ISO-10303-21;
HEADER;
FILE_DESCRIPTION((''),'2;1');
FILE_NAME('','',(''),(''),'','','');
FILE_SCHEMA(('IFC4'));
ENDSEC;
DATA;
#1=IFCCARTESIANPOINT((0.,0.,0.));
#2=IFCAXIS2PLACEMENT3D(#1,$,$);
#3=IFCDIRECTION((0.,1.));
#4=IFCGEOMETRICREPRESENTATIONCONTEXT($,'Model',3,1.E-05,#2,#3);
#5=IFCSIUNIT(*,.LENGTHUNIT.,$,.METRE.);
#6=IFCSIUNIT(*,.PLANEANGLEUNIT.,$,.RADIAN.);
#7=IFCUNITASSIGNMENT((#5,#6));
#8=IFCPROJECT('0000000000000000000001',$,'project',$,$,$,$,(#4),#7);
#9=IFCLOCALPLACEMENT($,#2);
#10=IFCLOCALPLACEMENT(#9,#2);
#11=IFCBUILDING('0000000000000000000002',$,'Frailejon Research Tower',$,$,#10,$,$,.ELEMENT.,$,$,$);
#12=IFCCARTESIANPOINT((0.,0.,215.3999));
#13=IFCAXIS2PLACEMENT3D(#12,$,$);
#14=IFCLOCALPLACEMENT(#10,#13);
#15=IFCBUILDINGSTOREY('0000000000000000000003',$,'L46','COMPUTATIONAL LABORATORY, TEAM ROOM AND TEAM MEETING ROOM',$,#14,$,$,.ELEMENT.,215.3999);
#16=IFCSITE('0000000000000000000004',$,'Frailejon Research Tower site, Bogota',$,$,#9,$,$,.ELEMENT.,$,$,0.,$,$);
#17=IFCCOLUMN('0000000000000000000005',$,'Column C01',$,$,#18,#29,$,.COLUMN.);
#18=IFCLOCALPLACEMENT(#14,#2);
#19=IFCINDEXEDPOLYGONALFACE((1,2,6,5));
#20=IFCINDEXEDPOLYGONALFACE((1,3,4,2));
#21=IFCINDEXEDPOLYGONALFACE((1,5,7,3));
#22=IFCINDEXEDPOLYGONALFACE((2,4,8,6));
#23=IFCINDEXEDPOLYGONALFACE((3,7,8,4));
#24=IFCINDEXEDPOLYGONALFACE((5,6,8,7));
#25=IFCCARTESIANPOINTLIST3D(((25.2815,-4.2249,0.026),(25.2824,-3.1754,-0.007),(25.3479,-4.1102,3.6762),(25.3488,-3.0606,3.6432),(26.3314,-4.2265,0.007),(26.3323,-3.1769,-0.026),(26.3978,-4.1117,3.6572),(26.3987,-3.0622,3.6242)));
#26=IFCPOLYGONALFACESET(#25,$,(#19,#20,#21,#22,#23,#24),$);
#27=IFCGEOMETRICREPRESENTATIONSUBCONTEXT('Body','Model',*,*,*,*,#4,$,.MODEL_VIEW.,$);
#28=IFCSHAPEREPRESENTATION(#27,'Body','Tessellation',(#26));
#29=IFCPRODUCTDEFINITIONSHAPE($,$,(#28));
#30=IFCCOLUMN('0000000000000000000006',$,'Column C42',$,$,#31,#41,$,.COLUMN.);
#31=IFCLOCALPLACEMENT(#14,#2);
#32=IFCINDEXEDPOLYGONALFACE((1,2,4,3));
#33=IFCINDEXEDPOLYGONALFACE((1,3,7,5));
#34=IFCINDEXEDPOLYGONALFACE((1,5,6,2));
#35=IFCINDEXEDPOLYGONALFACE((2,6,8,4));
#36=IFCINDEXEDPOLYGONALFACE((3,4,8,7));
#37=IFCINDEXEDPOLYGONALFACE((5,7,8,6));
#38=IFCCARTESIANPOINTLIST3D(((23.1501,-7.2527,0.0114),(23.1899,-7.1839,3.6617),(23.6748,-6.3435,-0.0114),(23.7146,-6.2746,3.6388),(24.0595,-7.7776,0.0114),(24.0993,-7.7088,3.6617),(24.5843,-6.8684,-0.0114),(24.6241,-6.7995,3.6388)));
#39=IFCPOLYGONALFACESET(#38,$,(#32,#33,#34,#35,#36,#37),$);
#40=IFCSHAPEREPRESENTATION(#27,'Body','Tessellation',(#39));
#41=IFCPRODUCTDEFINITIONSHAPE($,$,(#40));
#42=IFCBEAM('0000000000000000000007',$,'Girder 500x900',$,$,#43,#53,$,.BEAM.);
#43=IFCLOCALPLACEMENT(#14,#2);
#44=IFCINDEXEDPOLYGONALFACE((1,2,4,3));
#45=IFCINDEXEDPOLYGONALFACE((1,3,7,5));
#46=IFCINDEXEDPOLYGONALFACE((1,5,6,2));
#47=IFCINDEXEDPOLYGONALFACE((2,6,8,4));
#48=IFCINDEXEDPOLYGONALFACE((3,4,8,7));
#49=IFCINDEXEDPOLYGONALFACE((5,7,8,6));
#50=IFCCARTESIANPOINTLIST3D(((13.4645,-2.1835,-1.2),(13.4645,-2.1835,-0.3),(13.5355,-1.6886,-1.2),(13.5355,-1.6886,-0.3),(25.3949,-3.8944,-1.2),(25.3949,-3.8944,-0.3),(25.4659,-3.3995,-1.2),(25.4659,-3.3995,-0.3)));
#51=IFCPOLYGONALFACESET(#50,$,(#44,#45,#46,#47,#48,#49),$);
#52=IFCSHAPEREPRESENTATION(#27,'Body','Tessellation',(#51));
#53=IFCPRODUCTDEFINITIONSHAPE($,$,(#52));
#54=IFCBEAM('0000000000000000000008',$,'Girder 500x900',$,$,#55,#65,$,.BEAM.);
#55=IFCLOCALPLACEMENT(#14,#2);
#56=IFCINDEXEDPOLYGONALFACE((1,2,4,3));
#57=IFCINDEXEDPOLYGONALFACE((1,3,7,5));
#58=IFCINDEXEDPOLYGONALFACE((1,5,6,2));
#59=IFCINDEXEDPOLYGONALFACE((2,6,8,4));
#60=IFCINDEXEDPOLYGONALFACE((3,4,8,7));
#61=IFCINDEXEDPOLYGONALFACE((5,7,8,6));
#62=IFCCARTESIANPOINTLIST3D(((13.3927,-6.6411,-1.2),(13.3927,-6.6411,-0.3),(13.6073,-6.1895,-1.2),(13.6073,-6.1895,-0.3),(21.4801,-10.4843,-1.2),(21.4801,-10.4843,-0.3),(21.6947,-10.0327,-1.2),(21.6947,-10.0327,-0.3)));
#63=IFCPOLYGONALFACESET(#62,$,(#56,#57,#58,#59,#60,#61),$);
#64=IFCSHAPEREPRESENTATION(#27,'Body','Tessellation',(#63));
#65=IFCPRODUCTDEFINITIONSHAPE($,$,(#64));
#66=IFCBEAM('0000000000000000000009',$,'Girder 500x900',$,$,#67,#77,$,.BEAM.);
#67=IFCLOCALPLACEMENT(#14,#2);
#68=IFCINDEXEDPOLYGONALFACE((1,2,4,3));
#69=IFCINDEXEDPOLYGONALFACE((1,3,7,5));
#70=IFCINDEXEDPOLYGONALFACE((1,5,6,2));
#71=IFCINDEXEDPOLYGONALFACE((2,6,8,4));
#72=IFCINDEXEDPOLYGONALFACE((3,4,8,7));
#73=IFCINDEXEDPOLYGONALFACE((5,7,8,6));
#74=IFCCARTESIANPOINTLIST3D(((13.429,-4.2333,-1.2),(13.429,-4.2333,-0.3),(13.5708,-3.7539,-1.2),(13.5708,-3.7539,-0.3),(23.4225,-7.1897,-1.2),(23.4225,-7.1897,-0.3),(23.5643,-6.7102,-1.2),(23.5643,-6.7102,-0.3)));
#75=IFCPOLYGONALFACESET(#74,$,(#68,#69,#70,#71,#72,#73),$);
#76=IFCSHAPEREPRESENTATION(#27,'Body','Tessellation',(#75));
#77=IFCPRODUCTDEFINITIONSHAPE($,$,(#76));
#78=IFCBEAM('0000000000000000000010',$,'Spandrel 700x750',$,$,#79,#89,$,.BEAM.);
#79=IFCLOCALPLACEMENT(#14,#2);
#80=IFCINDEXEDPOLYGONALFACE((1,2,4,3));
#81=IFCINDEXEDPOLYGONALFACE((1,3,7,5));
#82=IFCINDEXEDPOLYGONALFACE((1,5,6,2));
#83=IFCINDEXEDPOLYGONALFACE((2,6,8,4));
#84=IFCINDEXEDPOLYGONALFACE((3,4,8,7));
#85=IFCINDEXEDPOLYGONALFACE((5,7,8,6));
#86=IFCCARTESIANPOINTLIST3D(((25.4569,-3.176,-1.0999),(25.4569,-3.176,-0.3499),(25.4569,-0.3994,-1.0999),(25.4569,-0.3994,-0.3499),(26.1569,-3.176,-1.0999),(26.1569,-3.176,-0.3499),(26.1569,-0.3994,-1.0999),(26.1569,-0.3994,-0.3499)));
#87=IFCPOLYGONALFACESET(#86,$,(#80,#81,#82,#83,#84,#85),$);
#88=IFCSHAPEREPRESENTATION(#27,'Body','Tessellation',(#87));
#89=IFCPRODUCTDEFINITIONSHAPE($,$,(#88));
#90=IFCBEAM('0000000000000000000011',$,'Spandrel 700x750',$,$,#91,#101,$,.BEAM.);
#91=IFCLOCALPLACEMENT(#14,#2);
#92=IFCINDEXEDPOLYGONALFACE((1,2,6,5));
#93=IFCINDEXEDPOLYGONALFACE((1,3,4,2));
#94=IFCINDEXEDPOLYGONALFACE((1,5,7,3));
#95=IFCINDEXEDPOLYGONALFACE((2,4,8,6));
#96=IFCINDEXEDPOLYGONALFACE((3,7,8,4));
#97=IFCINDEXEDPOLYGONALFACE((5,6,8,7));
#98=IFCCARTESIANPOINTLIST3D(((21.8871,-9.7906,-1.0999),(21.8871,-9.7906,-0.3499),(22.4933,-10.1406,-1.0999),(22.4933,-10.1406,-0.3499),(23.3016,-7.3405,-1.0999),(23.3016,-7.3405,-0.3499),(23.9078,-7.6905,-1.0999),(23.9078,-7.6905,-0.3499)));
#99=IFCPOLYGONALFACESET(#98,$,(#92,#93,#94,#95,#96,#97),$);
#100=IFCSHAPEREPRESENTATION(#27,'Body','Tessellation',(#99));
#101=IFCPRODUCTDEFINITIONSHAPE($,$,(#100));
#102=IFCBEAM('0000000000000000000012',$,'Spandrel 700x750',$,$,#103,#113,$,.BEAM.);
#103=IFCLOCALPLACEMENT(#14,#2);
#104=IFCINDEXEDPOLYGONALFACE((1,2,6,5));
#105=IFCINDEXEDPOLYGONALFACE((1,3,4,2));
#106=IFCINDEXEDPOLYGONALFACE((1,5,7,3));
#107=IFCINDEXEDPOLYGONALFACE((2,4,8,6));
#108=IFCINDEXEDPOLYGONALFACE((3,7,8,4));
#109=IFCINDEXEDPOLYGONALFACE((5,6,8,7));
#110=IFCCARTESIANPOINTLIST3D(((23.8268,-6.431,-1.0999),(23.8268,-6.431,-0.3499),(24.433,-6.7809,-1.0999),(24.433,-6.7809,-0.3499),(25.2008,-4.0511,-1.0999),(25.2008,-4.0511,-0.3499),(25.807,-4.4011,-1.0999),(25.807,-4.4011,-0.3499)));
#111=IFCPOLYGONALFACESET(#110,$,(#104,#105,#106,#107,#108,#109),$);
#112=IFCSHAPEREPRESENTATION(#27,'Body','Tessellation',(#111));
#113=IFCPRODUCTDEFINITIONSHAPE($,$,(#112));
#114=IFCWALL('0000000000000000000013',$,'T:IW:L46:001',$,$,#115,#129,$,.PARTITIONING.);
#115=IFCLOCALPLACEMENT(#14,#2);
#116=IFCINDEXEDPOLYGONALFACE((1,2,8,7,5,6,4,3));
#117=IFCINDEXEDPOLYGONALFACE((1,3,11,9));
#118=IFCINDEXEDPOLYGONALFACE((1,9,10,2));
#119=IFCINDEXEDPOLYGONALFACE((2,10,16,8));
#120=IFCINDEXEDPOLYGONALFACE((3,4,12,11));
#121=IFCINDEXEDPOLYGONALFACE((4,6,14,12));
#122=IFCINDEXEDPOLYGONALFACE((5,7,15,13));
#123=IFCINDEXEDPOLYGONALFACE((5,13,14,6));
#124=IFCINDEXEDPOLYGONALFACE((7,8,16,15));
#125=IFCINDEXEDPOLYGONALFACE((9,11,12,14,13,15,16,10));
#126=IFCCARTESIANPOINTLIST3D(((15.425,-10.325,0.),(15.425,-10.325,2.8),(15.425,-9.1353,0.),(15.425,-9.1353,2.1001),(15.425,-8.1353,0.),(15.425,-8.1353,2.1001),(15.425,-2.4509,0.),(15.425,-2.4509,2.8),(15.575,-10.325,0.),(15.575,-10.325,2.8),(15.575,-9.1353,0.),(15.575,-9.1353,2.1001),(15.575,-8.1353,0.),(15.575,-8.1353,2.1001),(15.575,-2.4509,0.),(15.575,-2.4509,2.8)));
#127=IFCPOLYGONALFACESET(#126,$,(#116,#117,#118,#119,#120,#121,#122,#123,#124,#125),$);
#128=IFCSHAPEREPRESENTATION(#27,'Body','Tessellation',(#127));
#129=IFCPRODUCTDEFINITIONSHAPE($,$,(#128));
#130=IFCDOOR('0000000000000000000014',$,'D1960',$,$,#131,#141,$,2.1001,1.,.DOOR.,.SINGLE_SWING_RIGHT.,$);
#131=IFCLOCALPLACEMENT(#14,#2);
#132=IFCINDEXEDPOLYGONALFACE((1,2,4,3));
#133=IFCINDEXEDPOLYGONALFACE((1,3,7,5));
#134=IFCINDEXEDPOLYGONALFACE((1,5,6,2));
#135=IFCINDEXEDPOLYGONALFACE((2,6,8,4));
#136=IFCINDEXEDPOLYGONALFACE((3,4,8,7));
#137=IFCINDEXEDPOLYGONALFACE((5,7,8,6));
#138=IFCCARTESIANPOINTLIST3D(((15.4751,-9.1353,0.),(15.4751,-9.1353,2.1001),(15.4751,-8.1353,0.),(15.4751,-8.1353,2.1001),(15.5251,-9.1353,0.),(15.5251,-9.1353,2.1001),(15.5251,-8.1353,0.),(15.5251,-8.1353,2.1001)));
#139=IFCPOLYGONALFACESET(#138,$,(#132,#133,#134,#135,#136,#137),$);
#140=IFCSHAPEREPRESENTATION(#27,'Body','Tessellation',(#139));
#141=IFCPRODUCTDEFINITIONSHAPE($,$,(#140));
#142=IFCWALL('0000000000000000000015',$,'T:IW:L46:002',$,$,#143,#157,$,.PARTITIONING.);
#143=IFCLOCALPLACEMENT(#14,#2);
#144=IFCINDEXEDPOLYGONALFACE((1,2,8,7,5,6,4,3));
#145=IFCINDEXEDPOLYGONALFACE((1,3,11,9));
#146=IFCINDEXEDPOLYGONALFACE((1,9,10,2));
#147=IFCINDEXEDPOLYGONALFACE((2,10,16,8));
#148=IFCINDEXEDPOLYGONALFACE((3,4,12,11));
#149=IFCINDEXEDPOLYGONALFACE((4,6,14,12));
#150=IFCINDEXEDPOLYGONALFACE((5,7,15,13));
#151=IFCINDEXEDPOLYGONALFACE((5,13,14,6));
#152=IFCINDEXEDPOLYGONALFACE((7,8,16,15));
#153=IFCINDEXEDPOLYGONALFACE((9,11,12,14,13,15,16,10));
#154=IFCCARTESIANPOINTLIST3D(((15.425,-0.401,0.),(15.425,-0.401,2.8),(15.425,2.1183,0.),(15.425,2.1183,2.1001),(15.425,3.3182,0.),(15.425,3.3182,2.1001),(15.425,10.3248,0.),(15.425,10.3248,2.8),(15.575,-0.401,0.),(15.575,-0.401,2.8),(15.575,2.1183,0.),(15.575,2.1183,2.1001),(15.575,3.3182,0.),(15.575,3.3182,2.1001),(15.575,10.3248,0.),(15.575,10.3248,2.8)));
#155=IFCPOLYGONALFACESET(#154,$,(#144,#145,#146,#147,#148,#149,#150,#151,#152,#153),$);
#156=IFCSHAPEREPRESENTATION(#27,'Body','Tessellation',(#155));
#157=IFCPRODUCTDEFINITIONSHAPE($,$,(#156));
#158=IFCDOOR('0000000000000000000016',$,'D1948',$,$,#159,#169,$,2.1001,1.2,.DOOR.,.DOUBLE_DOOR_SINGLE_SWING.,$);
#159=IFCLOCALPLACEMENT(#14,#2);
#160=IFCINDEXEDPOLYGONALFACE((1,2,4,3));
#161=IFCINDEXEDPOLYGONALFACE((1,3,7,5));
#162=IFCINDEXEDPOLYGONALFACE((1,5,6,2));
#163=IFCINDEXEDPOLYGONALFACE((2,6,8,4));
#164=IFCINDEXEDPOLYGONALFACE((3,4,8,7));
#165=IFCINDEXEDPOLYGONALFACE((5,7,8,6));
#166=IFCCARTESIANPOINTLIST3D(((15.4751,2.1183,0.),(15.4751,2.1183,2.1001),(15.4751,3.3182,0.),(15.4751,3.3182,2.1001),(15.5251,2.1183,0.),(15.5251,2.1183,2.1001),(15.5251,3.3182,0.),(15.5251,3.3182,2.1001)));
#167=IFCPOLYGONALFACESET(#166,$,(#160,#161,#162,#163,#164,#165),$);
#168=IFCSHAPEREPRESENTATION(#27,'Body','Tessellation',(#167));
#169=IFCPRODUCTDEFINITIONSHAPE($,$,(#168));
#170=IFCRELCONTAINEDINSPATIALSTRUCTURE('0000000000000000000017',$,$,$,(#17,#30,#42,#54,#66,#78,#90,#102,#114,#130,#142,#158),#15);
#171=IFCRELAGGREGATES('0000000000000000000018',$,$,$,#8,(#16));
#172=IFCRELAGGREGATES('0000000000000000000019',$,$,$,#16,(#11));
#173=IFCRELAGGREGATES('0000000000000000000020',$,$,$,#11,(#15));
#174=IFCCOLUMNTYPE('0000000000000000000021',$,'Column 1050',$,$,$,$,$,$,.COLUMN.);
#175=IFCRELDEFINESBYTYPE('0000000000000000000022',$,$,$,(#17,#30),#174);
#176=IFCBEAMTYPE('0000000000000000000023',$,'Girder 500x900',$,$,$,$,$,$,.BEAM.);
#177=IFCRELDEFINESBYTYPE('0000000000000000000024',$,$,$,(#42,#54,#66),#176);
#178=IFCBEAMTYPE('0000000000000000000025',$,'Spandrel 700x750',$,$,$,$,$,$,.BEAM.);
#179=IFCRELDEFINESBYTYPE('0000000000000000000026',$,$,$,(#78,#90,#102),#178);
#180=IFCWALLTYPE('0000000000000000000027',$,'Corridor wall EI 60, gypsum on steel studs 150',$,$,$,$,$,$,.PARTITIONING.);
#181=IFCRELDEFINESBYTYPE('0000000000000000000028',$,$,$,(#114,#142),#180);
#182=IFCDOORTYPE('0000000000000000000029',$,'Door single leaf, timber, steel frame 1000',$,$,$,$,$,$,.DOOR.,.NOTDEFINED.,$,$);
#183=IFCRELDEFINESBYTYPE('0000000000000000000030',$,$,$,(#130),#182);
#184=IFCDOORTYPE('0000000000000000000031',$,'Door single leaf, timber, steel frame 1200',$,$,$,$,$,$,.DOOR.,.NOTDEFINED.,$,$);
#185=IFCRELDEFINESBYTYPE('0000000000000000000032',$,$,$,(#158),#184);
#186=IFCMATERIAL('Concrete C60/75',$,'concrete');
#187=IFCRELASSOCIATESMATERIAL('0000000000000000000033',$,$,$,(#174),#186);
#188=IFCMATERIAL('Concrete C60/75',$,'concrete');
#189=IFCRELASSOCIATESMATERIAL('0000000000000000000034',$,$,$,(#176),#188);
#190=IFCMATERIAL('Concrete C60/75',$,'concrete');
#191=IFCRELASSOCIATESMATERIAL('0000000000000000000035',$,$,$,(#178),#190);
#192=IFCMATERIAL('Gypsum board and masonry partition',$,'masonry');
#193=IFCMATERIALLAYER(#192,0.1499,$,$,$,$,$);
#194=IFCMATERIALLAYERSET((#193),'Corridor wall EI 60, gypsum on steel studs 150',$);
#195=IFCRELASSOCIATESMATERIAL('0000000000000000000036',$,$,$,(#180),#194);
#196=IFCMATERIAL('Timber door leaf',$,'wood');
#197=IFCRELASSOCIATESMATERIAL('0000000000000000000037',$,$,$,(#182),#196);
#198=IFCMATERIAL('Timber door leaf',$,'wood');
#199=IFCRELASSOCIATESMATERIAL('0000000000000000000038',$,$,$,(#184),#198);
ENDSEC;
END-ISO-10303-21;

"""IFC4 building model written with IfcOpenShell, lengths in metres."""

from ifc_helpers import new_model, si_unit, direction, frame, frame_2d, origin, origin_2d, place, context, subcontext, project, spatial, rectangle, extrude, material, layer, layer_set, material_profile, profile_set, type_object, element, fill, save


model = new_model("IFC4")

# Units and contexts
model_context = context("Model", 3, precision=1e-05, world=origin(), true_north=direction((0.0, 1.0)))
body_context = subcontext(model_context, "Body", "Model", "MODEL_VIEW")
ifc_project = project(units=[si_unit("LENGTHUNIT", "METRE"), si_unit("PLANEANGLEUNIT", "RADIAN")], contexts=[model_context])

# Site, building, storey
site_placement = place(None, origin())
site = spatial("IfcSite", under=ifc_project, at=site_placement, Name="Frailejon Research Tower site, Bogota", CompositionType="ELEMENT", RefElevation=0.0)
building_placement = place(site_placement, origin())
building = spatial("IfcBuilding", under=site, at=building_placement, Name="Frailejon Research Tower", CompositionType="ELEMENT")
storey_placement = place(building_placement, frame((0.0, 0.0, 215.3999)))
storey = spatial("IfcBuildingStorey", under=building, at=storey_placement, Name="L46", Description="COMPUTATIONAL LABORATORY, TEAM ROOM AND TEAM MEETING ROOM", CompositionType="ELEMENT", Elevation=215.3999)

# Columns
ifc_material_1 = material(Name="Concrete C60/75", Category="concrete")
ifc_material_profile_1 = material_profile(ifc_material_1, rectangle(XDim=1.05, YDim=1.05, at=origin_2d()), Name="Column 1050")
ifc_profile_set_1 = profile_set([ifc_material_profile_1], Name="Concrete C60/75")
column_type = type_object("IfcColumnType", Name="Column 1050", PredefinedType="COLUMN", material=ifc_profile_set_1)
column_1_placement = place(storey_placement, frame((25.8069, -3.7009, 0.0), z_axis=(0.018181, 0.031415, 0.999341), x_axis=(0.000893, 0.999505, -0.031437)))
element("IfcColumn", 1, at=column_1_placement, inside=storey, type_object=column_type, Name="Column C01", PredefinedType="COLUMN", context=body_context, shape_type="SweptSolid", body=[
    extrude(rectangle(XDim=1.05, YDim=1.05, at=origin_2d()), origin(), (0.0, 0.0, 1.0), 3.6526),
])
column_2_placement = place(storey_placement, frame((23.8672, -7.0605, 0.0), z_axis=(0.0109, 0.018857, 0.999763), x_axis=(0.499729, 0.865908, -0.021781)))
element("IfcColumn", 2, at=column_2_placement, inside=storey, type_object=column_type, Name="Column C42", PredefinedType="COLUMN", context=body_context, shape_type="SweptSolid", body=[
    extrude(rectangle(XDim=1.05, YDim=1.05, at=origin_2d()), origin(), (0.0, 0.0, 1.0), 3.6511),
])

# Beams
ifc_material_2 = material(Name="Concrete C60/75", Category="concrete")
ifc_material_profile_2 = material_profile(ifc_material_2, rectangle(XDim=0.5, YDim=0.8999, at=origin_2d()), Name="Girder 500x900")
ifc_profile_set_2 = profile_set([ifc_material_profile_2], Name="Concrete C60/75")
beam_type_1 = type_object("IfcBeamType", Name="Girder 500x900", PredefinedType="BEAM", material=ifc_profile_set_2)
beam_1_placement = place(storey_placement, frame((25.4304, -3.647, -0.75), z_axis=(-0.989873, 0.141957, 0.0), x_axis=(-0.141957, -0.989873, 0.0)))
element("IfcBeam", 3, at=beam_1_placement, inside=storey, type_object=beam_type_1, Name="Girder 500x900", PredefinedType="BEAM", context=body_context, shape_type="SweptSolid", body=[
    extrude(rectangle(XDim=0.5, YDim=0.8999, at=origin_2d()), origin(), (0.0, 0.0, 1.0), 12.0525),
])
beam_2_placement = place(storey_placement, frame((21.5874, -10.2585, -0.75), z_axis=(-0.903202, 0.429216, 0.0), x_axis=(-0.429216, -0.903202, 0.0)))
element("IfcBeam", 4, at=beam_2_placement, inside=storey, type_object=beam_type_1, Name="Girder 500x900", PredefinedType="BEAM", context=body_context, shape_type="SweptSolid", body=[
    extrude(rectangle(XDim=0.5, YDim=0.8999, at=origin_2d()), origin(), (0.0, 0.0, 1.0), 8.9541),
])
beam_3_placement = place(storey_placement, frame((23.4934, -6.95, -0.75), z_axis=(-0.958921, 0.283673, 0.0), x_axis=(-0.283673, -0.958921, 0.0)))
element("IfcBeam", 5, at=beam_3_placement, inside=storey, type_object=beam_type_1, Name="Girder 500x900", PredefinedType="BEAM", context=body_context, shape_type="SweptSolid", body=[
    extrude(rectangle(XDim=0.5, YDim=0.8999, at=origin_2d()), origin(), (0.0, 0.0, 1.0), 10.4216),
])
ifc_material_3 = material(Name="Concrete C60/75", Category="concrete")
ifc_material_profile_3 = material_profile(ifc_material_3, rectangle(XDim=0.7, YDim=0.75, at=origin_2d()), Name="Spandrel 700x750")
ifc_profile_set_3 = profile_set([ifc_material_profile_3], Name="Concrete C60/75")
beam_type_2 = type_object("IfcBeamType", Name="Spandrel 700x750", PredefinedType="BEAM", material=ifc_profile_set_3)
beam_4_placement = place(storey_placement, frame((25.8069, -3.176, -0.7249), z_axis=(0.0, 1.0, 0.0), x_axis=(-1.0, 0.0, 0.0)))
element("IfcBeam", 6, at=beam_4_placement, inside=storey, type_object=beam_type_2, Name="Spandrel 700x750", PredefinedType="BEAM", context=body_context, shape_type="SweptSolid", body=[
    extrude(rectangle(XDim=0.7, YDim=0.75, at=origin_2d()), origin(), (0.0, 0.0, 1.0), 2.7766),
])
beam_5_placement = place(storey_placement, frame((22.1902, -9.9656, -0.7249), z_axis=(0.499981, 0.866036, 0.0), x_axis=(-0.866036, 0.499981, 0.0)))
element("IfcBeam", 7, at=beam_5_placement, inside=storey, type_object=beam_type_2, Name="Spandrel 700x750", PredefinedType="BEAM", context=body_context, shape_type="SweptSolid", body=[
    extrude(rectangle(XDim=0.7, YDim=0.75, at=origin_2d()), origin(), (0.0, 0.0, 1.0), 2.8291),
])
beam_6_placement = place(storey_placement, frame((24.1299, -6.606, -0.7249), z_axis=(0.499999, 0.866026, 0.0), x_axis=(-0.866026, 0.499999, 0.0)))
element("IfcBeam", 8, at=beam_6_placement, inside=storey, type_object=beam_type_2, Name="Spandrel 700x750", PredefinedType="BEAM", context=body_context, shape_type="SweptSolid", body=[
    extrude(rectangle(XDim=0.7, YDim=0.75, at=origin_2d()), origin(), (0.0, 0.0, 1.0), 2.748),
])

# Walls, openings, doors
ifc_material_4 = material(Name="Gypsum board and masonry partition", Category="masonry")
ifc_layer_1 = layer(ifc_material_4, 0.1499)
ifc_layer_set_1 = layer_set([ifc_layer_1], Name="Corridor wall EI 60, gypsum on steel studs 150")
wall_type_1 = type_object("IfcWallType", Name="Corridor wall EI 60, gypsum on steel studs 150", PredefinedType="PARTITIONING", material=ifc_layer_set_1)
wall_1_placement = place(storey_placement, frame((15.5, -10.325, 0.0), z_axis=(0.0, 0.0, 1.0), x_axis=(0.0, 1.0, 0.0)))
wall_1 = element("IfcWall", 9, at=wall_1_placement, inside=storey, type_object=wall_type_1, Name="T:IW:L46:001", PredefinedType="PARTITIONING", context=body_context, shape_type="SweptSolid", body=[
    extrude(rectangle(XDim=7.874, YDim=0.1499, at=frame_2d((3.937, 0.0))), origin(), (0.0, 0.0, 1.0), 2.8),
])
opening_1_placement = place(wall_1_placement, frame((1.1897, 0.0, 0.0)))
opening_1 = element("IfcOpeningElement", 10, at=opening_1_placement, cuts=wall_1, PredefinedType="OPENING", context=body_context, shape_type="SweptSolid", body=[
    extrude(rectangle(XDim=1.0, YDim=2.1001, at=frame_2d((0.5, 1.05))), frame((0.0, 0.085, 0.0), z_axis=(0.0, -1.0, 0.0), x_axis=(1.0, 0.0, 0.0)), (0.0, 0.0, 1.0), 0.1699),
])
ifc_material_5 = material(Name="Timber door leaf", Category="wood")
door_type_1 = type_object("IfcDoorType", Name="Door single leaf, timber, steel frame 1000", OperationType="NOTDEFINED", PredefinedType="DOOR", material=ifc_material_5)
door_1_placement = place(opening_1_placement, origin())
door_1 = element("IfcDoor", 11, at=door_1_placement, inside=storey, type_object=door_type_1, Name="D1960", OperationType="SINGLE_SWING_RIGHT", OverallHeight=2.1001, OverallWidth=1.0, PredefinedType="DOOR", context=body_context, shape_type="SweptSolid", body=[
    extrude(rectangle(XDim=1.0, YDim=2.1001, at=frame_2d((0.5, 1.05))), frame((0.0, 0.0249, 0.0), z_axis=(0.0, -1.0, 0.0), x_axis=(1.0, 0.0, 0.0)), (0.0, 0.0, 1.0), 0.05),
])
fill(opening_1, door_1)
wall_2_placement = place(storey_placement, frame((15.5, -0.4009, 0.0), z_axis=(0.0, 0.0, 1.0), x_axis=(0.0, 1.0, 0.0)))
wall_2 = element("IfcWall", 12, at=wall_2_placement, inside=storey, type_object=wall_type_1, Name="T:IW:L46:002", PredefinedType="PARTITIONING", context=body_context, shape_type="SweptSolid", body=[
    extrude(rectangle(XDim=10.7258, YDim=0.1499, at=frame_2d((5.3628, 0.0))), origin(), (0.0, 0.0, 1.0), 2.8),
])
opening_2_placement = place(wall_2_placement, frame((2.519, 0.0, 0.0)))
opening_2 = element("IfcOpeningElement", 13, at=opening_2_placement, cuts=wall_2, PredefinedType="OPENING", context=body_context, shape_type="SweptSolid", body=[
    extrude(rectangle(XDim=1.2, YDim=2.1001, at=frame_2d((0.6001, 1.05))), frame((0.0, 0.085, 0.0), z_axis=(0.0, -1.0, 0.0), x_axis=(1.0, 0.0, 0.0)), (0.0, 0.0, 1.0), 0.1699),
])
ifc_material_6 = material(Name="Timber door leaf", Category="wood")
door_type_2 = type_object("IfcDoorType", Name="Door single leaf, timber, steel frame 1200", OperationType="NOTDEFINED", PredefinedType="DOOR", material=ifc_material_6)
door_2_placement = place(opening_2_placement, origin())
door_2 = element("IfcDoor", 14, at=door_2_placement, inside=storey, type_object=door_type_2, Name="D1948", OperationType="DOUBLE_DOOR_SINGLE_SWING", OverallHeight=2.1001, OverallWidth=1.2, PredefinedType="DOOR", context=body_context, shape_type="SweptSolid", body=[
    extrude(rectangle(XDim=1.2, YDim=2.1001, at=frame_2d((0.6001, 1.05))), frame((0.0, 0.0249, 0.0), z_axis=(0.0, -1.0, 0.0), x_axis=(1.0, 0.0, 0.0)), (0.0, 0.0, 1.0), 0.05),
])
fill(opening_2, door_2)

save(model, "model.ifc")
